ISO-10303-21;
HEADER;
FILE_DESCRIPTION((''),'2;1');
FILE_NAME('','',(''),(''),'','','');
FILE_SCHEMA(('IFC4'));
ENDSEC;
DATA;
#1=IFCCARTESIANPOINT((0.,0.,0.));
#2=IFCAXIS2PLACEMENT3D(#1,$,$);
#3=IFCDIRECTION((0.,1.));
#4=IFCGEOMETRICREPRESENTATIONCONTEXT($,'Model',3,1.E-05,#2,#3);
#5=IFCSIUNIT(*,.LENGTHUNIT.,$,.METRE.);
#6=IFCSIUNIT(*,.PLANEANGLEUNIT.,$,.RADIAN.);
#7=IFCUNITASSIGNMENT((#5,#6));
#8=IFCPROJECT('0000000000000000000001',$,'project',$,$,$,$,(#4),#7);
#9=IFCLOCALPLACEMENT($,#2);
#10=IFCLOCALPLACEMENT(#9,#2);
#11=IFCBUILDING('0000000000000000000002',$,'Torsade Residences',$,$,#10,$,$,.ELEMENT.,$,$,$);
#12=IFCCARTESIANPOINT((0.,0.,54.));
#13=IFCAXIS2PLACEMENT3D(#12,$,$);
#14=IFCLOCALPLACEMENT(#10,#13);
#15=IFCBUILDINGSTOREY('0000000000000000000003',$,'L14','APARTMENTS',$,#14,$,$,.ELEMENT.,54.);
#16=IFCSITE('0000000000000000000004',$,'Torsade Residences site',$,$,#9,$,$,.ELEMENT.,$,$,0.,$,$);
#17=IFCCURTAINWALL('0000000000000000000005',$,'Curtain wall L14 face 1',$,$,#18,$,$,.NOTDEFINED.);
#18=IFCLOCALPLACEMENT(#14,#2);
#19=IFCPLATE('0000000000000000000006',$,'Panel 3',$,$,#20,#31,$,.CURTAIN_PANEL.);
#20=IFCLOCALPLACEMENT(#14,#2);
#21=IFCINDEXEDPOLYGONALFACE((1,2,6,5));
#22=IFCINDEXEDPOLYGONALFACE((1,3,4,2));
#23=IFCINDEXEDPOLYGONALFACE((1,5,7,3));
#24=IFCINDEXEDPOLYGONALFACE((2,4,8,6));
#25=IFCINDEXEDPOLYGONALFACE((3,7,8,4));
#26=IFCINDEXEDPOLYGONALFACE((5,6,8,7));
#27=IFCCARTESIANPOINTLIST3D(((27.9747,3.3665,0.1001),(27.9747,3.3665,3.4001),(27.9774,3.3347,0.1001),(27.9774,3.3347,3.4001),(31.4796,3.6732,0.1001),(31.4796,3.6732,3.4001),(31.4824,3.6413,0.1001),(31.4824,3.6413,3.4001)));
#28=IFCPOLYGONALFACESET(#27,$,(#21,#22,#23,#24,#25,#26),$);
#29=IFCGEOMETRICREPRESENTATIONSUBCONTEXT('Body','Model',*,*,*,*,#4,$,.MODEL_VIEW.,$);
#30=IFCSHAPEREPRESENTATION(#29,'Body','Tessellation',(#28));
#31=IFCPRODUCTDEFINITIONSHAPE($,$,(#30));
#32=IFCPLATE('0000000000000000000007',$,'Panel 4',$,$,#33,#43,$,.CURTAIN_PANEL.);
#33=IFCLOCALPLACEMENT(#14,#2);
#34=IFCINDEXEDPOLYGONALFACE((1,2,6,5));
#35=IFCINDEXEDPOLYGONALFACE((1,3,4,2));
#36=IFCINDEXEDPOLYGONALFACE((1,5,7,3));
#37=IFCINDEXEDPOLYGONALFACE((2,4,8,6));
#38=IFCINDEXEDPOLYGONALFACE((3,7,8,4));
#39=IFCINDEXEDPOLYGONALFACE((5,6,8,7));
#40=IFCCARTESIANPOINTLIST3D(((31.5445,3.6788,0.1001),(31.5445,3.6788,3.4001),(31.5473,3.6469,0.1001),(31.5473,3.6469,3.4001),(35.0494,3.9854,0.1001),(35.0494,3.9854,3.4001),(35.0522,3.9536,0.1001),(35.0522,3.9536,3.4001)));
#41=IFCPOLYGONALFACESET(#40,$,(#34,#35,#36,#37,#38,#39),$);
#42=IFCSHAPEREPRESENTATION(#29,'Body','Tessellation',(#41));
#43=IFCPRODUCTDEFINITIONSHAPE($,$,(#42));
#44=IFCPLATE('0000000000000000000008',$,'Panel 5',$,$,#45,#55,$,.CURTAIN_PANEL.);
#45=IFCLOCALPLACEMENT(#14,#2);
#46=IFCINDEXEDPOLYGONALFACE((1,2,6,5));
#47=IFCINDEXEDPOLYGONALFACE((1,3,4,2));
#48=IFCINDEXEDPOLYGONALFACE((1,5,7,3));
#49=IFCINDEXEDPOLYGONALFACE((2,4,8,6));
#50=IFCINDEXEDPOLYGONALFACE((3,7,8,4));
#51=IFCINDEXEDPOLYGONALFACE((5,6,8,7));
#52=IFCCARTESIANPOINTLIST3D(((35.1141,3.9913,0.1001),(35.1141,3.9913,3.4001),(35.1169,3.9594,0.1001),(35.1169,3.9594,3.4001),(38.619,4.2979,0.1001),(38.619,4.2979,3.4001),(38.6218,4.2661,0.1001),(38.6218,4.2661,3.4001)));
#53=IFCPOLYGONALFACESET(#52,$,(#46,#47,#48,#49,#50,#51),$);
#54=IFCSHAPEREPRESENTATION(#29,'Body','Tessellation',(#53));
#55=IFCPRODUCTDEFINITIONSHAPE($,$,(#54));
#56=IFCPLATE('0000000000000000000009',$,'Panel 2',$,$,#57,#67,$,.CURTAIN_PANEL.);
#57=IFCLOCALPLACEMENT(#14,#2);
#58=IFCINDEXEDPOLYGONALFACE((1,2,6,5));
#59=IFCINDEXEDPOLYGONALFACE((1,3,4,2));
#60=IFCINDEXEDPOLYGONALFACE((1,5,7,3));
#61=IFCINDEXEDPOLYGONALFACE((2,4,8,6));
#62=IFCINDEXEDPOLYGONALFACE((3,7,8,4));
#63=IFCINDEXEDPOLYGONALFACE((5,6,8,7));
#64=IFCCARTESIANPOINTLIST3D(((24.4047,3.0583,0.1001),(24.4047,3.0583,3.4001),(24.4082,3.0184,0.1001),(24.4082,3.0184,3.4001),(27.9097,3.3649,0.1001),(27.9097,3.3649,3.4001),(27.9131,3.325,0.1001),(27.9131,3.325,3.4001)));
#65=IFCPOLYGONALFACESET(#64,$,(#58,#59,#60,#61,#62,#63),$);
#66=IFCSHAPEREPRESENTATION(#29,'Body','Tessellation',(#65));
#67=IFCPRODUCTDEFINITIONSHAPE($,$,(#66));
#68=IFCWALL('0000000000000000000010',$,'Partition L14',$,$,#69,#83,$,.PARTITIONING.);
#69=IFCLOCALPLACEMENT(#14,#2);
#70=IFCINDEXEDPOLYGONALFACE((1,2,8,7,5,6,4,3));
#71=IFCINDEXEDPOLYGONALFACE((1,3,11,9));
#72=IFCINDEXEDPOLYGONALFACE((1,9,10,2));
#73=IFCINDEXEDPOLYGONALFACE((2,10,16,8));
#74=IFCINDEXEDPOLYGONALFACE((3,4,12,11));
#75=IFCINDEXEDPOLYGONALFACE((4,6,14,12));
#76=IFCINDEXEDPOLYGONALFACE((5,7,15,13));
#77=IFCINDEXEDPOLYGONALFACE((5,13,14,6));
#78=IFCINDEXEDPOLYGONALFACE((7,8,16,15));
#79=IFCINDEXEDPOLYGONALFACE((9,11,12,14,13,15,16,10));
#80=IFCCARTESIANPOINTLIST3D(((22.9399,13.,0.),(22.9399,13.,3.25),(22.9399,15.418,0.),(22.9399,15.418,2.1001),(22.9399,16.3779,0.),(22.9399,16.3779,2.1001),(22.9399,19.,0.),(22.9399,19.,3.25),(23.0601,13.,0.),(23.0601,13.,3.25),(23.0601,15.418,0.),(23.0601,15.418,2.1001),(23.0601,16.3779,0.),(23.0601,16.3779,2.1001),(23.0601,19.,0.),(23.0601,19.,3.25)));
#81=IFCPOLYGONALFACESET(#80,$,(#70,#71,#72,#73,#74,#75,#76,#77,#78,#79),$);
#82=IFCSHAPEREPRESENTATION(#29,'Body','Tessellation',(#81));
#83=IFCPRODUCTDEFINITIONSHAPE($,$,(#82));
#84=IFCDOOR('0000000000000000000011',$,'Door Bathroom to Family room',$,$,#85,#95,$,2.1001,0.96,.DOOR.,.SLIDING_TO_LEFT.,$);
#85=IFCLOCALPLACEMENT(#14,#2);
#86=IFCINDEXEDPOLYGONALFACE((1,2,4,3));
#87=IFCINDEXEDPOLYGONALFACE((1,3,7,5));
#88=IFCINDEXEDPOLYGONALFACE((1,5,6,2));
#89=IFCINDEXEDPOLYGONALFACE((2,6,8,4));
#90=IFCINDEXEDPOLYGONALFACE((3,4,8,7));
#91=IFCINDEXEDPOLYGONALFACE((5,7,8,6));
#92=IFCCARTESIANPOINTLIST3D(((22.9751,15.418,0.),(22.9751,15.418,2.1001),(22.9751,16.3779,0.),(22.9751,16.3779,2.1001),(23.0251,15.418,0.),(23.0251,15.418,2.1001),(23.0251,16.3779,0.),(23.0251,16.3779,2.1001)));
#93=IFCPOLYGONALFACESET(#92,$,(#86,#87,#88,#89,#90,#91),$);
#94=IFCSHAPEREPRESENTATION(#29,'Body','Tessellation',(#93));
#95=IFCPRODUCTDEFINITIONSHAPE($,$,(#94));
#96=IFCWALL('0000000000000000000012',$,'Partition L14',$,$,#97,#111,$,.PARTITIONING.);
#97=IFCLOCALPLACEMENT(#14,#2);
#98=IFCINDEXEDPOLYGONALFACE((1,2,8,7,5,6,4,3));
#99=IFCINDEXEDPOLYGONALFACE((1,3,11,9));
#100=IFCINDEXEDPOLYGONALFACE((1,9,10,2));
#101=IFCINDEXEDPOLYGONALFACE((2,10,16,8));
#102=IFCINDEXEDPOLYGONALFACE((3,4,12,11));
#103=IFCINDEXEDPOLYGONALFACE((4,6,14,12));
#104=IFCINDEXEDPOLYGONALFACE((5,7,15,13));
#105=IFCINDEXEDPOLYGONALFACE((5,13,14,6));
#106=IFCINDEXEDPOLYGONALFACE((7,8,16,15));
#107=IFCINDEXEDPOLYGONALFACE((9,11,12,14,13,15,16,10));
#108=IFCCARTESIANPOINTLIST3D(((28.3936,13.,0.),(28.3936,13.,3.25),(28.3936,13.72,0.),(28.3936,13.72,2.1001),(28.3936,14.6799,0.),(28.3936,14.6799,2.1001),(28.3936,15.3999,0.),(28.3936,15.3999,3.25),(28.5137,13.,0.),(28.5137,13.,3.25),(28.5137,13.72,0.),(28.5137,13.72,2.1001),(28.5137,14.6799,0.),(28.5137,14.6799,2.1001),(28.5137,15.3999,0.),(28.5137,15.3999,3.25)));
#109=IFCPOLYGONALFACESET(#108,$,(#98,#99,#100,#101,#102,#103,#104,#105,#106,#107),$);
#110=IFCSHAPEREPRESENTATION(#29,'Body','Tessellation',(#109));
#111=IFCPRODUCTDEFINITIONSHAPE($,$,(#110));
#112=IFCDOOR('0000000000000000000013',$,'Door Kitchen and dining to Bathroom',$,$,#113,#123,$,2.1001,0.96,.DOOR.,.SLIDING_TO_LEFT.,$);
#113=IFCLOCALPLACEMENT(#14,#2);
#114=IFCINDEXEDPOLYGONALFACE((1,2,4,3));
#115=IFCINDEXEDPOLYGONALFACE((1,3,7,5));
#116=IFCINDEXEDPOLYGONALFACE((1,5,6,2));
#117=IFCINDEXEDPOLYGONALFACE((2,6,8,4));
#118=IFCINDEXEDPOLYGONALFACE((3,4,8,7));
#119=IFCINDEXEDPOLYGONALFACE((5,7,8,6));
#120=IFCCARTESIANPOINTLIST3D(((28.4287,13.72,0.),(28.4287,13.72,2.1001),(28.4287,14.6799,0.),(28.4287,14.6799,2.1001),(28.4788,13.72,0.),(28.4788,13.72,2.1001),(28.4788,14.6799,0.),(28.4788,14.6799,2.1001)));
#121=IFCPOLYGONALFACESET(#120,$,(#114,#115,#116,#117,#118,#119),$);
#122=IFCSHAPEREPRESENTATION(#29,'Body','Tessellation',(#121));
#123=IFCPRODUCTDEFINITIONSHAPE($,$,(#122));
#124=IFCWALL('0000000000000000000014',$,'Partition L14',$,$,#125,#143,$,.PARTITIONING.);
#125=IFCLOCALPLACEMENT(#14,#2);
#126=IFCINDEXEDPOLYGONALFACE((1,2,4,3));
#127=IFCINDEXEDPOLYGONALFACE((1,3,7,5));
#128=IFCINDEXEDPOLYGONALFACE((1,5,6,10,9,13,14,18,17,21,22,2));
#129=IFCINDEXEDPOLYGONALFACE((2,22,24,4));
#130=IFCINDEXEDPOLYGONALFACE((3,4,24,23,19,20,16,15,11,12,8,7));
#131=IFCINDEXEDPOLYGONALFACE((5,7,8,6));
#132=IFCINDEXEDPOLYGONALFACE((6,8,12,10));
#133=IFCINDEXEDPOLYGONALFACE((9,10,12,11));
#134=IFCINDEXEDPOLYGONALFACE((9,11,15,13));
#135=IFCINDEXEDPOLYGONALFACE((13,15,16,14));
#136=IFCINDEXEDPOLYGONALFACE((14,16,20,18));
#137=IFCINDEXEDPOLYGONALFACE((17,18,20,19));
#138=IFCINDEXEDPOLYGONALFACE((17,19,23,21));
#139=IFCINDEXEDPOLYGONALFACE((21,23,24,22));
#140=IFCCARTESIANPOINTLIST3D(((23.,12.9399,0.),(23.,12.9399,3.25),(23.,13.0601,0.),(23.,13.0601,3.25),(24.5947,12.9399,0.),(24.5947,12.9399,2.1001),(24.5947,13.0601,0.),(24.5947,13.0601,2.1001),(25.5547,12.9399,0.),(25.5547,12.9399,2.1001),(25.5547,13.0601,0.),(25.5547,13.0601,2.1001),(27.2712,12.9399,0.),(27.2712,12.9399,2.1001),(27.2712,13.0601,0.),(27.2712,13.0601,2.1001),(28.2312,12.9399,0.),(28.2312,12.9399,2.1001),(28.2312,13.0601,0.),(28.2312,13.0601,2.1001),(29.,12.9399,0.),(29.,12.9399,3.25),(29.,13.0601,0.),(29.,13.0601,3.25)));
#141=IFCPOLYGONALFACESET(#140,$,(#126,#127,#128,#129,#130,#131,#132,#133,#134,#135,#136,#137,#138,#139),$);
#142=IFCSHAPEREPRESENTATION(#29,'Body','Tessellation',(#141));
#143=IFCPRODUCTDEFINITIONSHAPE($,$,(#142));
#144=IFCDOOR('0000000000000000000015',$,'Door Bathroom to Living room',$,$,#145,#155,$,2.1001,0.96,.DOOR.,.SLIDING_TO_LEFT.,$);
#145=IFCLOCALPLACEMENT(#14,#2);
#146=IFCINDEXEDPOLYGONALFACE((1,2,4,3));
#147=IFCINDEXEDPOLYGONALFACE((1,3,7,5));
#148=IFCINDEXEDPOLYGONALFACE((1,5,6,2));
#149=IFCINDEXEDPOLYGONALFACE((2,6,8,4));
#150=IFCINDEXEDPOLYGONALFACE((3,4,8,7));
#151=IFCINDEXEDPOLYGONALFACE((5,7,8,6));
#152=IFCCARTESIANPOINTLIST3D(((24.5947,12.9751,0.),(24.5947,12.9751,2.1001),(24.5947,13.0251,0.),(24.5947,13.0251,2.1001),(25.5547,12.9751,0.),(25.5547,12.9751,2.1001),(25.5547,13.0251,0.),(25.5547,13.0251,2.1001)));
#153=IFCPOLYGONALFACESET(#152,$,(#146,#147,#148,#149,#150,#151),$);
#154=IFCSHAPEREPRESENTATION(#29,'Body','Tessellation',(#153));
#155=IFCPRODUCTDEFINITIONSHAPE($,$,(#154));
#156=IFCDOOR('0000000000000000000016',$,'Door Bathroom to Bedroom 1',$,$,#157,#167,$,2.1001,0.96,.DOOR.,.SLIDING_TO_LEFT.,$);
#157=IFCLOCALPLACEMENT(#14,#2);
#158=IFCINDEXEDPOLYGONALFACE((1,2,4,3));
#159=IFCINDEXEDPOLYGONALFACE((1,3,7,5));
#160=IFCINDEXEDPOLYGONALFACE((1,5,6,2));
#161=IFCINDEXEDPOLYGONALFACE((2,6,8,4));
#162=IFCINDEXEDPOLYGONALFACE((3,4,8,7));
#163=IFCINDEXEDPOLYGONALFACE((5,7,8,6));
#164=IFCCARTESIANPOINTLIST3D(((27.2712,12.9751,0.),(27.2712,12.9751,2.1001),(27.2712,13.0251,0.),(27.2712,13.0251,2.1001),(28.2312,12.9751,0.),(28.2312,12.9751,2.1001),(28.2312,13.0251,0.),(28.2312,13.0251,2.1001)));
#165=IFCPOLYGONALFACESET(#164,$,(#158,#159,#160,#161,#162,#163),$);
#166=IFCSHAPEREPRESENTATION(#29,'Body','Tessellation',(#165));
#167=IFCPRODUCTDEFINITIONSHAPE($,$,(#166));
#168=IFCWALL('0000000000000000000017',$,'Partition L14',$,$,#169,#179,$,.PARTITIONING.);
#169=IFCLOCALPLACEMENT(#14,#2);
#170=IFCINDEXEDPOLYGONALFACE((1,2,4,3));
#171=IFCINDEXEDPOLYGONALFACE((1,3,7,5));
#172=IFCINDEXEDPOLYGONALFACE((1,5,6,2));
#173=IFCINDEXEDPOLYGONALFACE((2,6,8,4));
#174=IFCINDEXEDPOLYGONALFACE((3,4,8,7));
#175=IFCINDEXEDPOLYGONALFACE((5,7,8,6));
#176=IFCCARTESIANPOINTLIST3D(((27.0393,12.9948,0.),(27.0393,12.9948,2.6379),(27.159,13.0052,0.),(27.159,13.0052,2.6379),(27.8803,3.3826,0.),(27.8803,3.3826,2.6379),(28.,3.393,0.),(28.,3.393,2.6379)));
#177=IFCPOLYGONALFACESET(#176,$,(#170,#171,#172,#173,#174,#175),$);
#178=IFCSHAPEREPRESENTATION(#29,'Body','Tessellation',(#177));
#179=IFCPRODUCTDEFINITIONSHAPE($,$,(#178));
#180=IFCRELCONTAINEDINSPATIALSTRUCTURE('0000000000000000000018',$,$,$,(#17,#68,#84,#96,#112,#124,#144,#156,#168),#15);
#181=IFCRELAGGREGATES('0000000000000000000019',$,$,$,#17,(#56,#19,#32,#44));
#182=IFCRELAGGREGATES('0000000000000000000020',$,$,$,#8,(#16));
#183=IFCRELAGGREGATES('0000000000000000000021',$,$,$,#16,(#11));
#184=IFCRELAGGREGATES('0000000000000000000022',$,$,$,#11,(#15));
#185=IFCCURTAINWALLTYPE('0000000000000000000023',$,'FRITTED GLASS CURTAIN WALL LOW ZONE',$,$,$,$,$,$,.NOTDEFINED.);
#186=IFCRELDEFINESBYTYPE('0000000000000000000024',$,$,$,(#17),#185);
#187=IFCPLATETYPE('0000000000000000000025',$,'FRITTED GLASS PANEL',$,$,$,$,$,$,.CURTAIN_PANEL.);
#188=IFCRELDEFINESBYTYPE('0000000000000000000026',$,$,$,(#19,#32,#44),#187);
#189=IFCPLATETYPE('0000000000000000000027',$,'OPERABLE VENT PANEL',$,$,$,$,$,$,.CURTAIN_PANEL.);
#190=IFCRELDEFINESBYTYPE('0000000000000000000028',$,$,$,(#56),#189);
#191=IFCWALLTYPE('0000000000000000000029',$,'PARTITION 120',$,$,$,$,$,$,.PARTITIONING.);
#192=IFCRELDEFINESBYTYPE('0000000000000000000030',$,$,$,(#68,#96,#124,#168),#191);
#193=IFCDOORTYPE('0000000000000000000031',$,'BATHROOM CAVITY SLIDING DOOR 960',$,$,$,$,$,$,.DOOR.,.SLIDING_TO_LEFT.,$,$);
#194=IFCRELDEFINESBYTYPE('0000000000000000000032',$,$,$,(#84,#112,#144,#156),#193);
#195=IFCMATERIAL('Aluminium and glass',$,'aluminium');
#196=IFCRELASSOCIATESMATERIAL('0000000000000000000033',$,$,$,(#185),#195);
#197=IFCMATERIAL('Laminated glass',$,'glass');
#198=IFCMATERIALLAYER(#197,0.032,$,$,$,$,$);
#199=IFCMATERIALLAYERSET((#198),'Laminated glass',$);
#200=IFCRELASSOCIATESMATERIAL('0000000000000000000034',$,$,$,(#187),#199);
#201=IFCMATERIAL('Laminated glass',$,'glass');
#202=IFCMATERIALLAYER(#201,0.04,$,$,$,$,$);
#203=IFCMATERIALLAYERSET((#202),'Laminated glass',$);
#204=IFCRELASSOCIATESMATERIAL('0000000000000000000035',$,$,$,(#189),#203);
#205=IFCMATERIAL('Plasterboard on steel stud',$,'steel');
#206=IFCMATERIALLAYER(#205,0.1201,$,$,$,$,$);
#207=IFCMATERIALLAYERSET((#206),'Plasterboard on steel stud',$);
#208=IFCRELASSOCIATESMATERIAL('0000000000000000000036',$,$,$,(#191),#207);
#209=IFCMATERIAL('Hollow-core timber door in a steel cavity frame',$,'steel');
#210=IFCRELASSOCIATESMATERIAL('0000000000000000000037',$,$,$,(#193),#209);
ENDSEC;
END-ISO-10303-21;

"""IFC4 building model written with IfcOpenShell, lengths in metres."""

from ifc_helpers import new_model, si_unit, direction, frame, frame_2d, origin, origin_2d, place, context, subcontext, project, spatial, rectangle, extrude, material, layer, layer_set, type_object, element, fill, aggregate, save


model = new_model("IFC4")

# Units and contexts
model_context = context("Model", 3, precision=1e-05, world=origin(), true_north=direction((0.0, 1.0)))
body_context = subcontext(model_context, "Body", "Model", "MODEL_VIEW")
ifc_project = project(units=[si_unit("LENGTHUNIT", "METRE"), si_unit("PLANEANGLEUNIT", "RADIAN")], contexts=[model_context])

# Site, building, storey
site_placement = place(None, origin())
site = spatial("IfcSite", under=ifc_project, at=site_placement, Name="Torsade Residences site", CompositionType="ELEMENT", RefElevation=0.0)
building_placement = place(site_placement, origin())
building = spatial("IfcBuilding", under=site, at=building_placement, Name="Torsade Residences", CompositionType="ELEMENT")
storey_placement = place(building_placement, frame((0.0, 0.0, 54.0)))
storey = spatial("IfcBuildingStorey", under=building, at=storey_placement, Name="L14", Description="APARTMENTS", CompositionType="ELEMENT", Elevation=54.0)

# Curtain wall
ifc_material_1 = material(Name="Aluminium and glass", Category="aluminium")
curtain_wall_type = type_object("IfcCurtainWallType", Name="FRITTED GLASS CURTAIN WALL LOW ZONE", PredefinedType="NOTDEFINED", material=ifc_material_1)
curtain_wall_placement = place(storey_placement, origin())
curtain_wall = element("IfcCurtainWall", 1, at=curtain_wall_placement, inside=storey, type_object=curtain_wall_type, Name="Curtain wall L14 face 1", PredefinedType="NOTDEFINED")

# Plates
ifc_material_2 = material(Name="Laminated glass", Category="glass")
ifc_layer_1 = layer(ifc_material_2, 0.032)
ifc_layer_set_1 = layer_set([ifc_layer_1], Name="Laminated glass")
plate_type_1 = type_object("IfcPlateType", Name="FRITTED GLASS PANEL", PredefinedType="CURTAIN_PANEL", material=ifc_layer_set_1)
plate_1_placement = place(storey_placement, frame((29.7285, 3.5039, 0.1001), z_axis=(0.0, 0.0, 1.0), x_axis=(0.996195, 0.087156, 0.0)))
plate_1 = element("IfcPlate", 2, at=plate_1_placement, type_object=plate_type_1, Name="Panel 3", PredefinedType="CURTAIN_PANEL", context=body_context, shape_type="SweptSolid", body=[
    extrude(rectangle(XDim=3.5183, YDim=0.032, at=origin_2d()), origin(), (0.0, 0.0, 1.0), 3.3),
])
plate_2_placement = place(storey_placement, frame((33.2983, 3.8162, 0.1001), z_axis=(0.0, 0.0, 1.0), x_axis=(0.996195, 0.087156, 0.0)))
plate_2 = element("IfcPlate", 3, at=plate_2_placement, type_object=plate_type_1, Name="Panel 4", PredefinedType="CURTAIN_PANEL", context=body_context, shape_type="SweptSolid", body=[
    extrude(rectangle(XDim=3.5183, YDim=0.032, at=origin_2d()), origin(), (0.0, 0.0, 1.0), 3.3),
])
plate_3_placement = place(storey_placement, frame((36.8679, 4.1287, 0.1001), z_axis=(0.0, 0.0, 1.0), x_axis=(0.996195, 0.087156, 0.0)))
plate_3 = element("IfcPlate", 4, at=plate_3_placement, type_object=plate_type_1, Name="Panel 5", PredefinedType="CURTAIN_PANEL", context=body_context, shape_type="SweptSolid", body=[
    extrude(rectangle(XDim=3.5183, YDim=0.032, at=origin_2d()), origin(), (0.0, 0.0, 1.0), 3.3),
])
ifc_material_3 = material(Name="Laminated glass", Category="glass")
ifc_layer_2 = layer(ifc_material_3, 0.04)
ifc_layer_set_2 = layer_set([ifc_layer_2], Name="Laminated glass")
plate_type_2 = type_object("IfcPlateType", Name="OPERABLE VENT PANEL", PredefinedType="CURTAIN_PANEL", material=ifc_layer_set_2)
plate_4_placement = place(storey_placement, frame((26.1589, 3.1917, 0.1001), z_axis=(0.0, 0.0, 1.0), x_axis=(0.996195, 0.087156, 0.0)))
plate_4 = element("IfcPlate", 5, at=plate_4_placement, type_object=plate_type_2, Name="Panel 2", PredefinedType="CURTAIN_PANEL", context=body_context, shape_type="SweptSolid", body=[
    extrude(rectangle(XDim=3.5183, YDim=0.04, at=origin_2d()), origin(), (0.0, 0.0, 1.0), 3.3),
])
aggregate(curtain_wall, [plate_4, plate_1, plate_2, plate_3])

# Walls, openings, doors
ifc_material_4 = material(Name="Plasterboard on steel stud", Category="steel")
ifc_layer_3 = layer(ifc_material_4, 0.1201)
ifc_layer_set_3 = layer_set([ifc_layer_3], Name="Plasterboard on steel stud")
wall_type_1 = type_object("IfcWallType", Name="PARTITION 120", PredefinedType="PARTITIONING", material=ifc_layer_set_3)
wall_1_placement = place(storey_placement, frame((23.0, 13.0, 0.0), z_axis=(0.0, 0.0, 1.0), x_axis=(0.0, 1.0, 0.0)))
wall_1 = element("IfcWall", 6, at=wall_1_placement, inside=storey, type_object=wall_type_1, Name="Partition L14", PredefinedType="PARTITIONING", context=body_context, shape_type="SweptSolid", body=[
    extrude(rectangle(XDim=6.0, YDim=0.1201, at=frame_2d((3.0, 0.0))), origin(), (0.0, 0.0, 1.0), 3.25),
])
opening_1_placement = place(wall_1_placement, frame((2.418, 0.0, 0.0)))
opening_1 = element("IfcOpeningElement", 7, at=opening_1_placement, cuts=wall_1, PredefinedType="OPENING", context=body_context, shape_type="SweptSolid", body=[
    extrude(rectangle(XDim=0.96, YDim=2.1001, at=frame_2d((0.48, 1.05))), frame((0.0, 0.0701, 0.0), z_axis=(0.0, -1.0, 0.0), x_axis=(1.0, 0.0, 0.0)), (0.0, 0.0, 1.0), 0.1401),
])
ifc_material_5 = material(Name="Hollow-core timber door in a steel cavity frame", Category="steel")
door_type_1 = type_object("IfcDoorType", Name="BATHROOM CAVITY SLIDING DOOR 960", OperationType="SLIDING_TO_LEFT", PredefinedType="DOOR", material=ifc_material_5)
door_1_placement = place(opening_1_placement, origin())
door_1 = element("IfcDoor", 8, at=door_1_placement, inside=storey, type_object=door_type_1, Name="Door Bathroom to Family room", OperationType="SLIDING_TO_LEFT", OverallHeight=2.1001, OverallWidth=0.96, PredefinedType="DOOR", context=body_context, shape_type="SweptSolid", body=[
    extrude(rectangle(XDim=0.96, YDim=2.1001, at=frame_2d((0.48, 1.05))), frame((0.0, 0.0249, 0.0), z_axis=(0.0, -1.0, 0.0), x_axis=(1.0, 0.0, 0.0)), (0.0, 0.0, 1.0), 0.05),
])
fill(opening_1, door_1)
wall_2_placement = place(storey_placement, frame((28.4536, 13.0, 0.0), z_axis=(0.0, 0.0, 1.0), x_axis=(0.0, 1.0, 0.0)))
wall_2 = element("IfcWall", 9, at=wall_2_placement, inside=storey, type_object=wall_type_1, Name="Partition L14", PredefinedType="PARTITIONING", context=body_context, shape_type="SweptSolid", body=[
    extrude(rectangle(XDim=2.3999, YDim=0.1201, at=frame_2d((1.2, 0.0))), origin(), (0.0, 0.0, 1.0), 3.25),
])
opening_2_placement = place(wall_2_placement, frame((0.72, 0.0, 0.0)))
opening_2 = element("IfcOpeningElement", 10, at=opening_2_placement, cuts=wall_2, PredefinedType="OPENING", context=body_context, shape_type="SweptSolid", body=[
    extrude(rectangle(XDim=0.96, YDim=2.1001, at=frame_2d((0.48, 1.05))), frame((0.0, 0.0701, 0.0), z_axis=(0.0, -1.0, 0.0), x_axis=(1.0, 0.0, 0.0)), (0.0, 0.0, 1.0), 0.1401),
])
door_2_placement = place(opening_2_placement, origin())
door_2 = element("IfcDoor", 11, at=door_2_placement, inside=storey, type_object=door_type_1, Name="Door Kitchen and dining to Bathroom", OperationType="SLIDING_TO_LEFT", OverallHeight=2.1001, OverallWidth=0.96, PredefinedType="DOOR", context=body_context, shape_type="SweptSolid", body=[
    extrude(rectangle(XDim=0.96, YDim=2.1001, at=frame_2d((0.48, 1.05))), frame((0.0, 0.0249, 0.0), z_axis=(0.0, -1.0, 0.0), x_axis=(1.0, 0.0, 0.0)), (0.0, 0.0, 1.0), 0.05),
])
fill(opening_2, door_2)

# Wall, openings, doors
wall_3_placement = place(storey_placement, frame((29.0, 13.0, 0.0), z_axis=(0.0, 0.0, 1.0), x_axis=(-1.0, 0.0, 0.0)))
wall_3 = element("IfcWall", 12, at=wall_3_placement, inside=storey, type_object=wall_type_1, Name="Partition L14", PredefinedType="PARTITIONING", context=body_context, shape_type="SweptSolid", body=[
    extrude(rectangle(XDim=6.0, YDim=0.1201, at=frame_2d((3.0, 0.0))), origin(), (0.0, 0.0, 1.0), 3.25),
])
opening_3_placement = place(wall_3_placement, frame((3.4453, 0.0, 0.0)))
opening_3 = element("IfcOpeningElement", 13, at=opening_3_placement, cuts=wall_3, PredefinedType="OPENING", context=body_context, shape_type="SweptSolid", body=[
    extrude(rectangle(XDim=0.96, YDim=2.1001, at=frame_2d((0.48, 1.05))), frame((0.0, 0.0701, 0.0), z_axis=(0.0, -1.0, 0.0), x_axis=(1.0, 0.0, 0.0)), (0.0, 0.0, 1.0), 0.1401),
])
opening_4_placement = place(wall_3_placement, frame((0.7688, 0.0, 0.0)))
opening_4 = element("IfcOpeningElement", 14, at=opening_4_placement, cuts=wall_3, PredefinedType="OPENING", context=body_context, shape_type="SweptSolid", body=[
    extrude(rectangle(XDim=0.96, YDim=2.1001, at=frame_2d((0.48, 1.05))), frame((0.0, 0.0701, 0.0), z_axis=(0.0, -1.0, 0.0), x_axis=(1.0, 0.0, 0.0)), (0.0, 0.0, 1.0), 0.1401),
])
door_3_placement = place(opening_3_placement, origin())
door_3 = element("IfcDoor", 15, at=door_3_placement, inside=storey, type_object=door_type_1, Name="Door Bathroom to Living room", OperationType="SLIDING_TO_LEFT", OverallHeight=2.1001, OverallWidth=0.96, PredefinedType="DOOR", context=body_context, shape_type="SweptSolid", body=[
    extrude(rectangle(XDim=0.96, YDim=2.1001, at=frame_2d((0.48, 1.05))), frame((0.0, 0.0249, 0.0), z_axis=(0.0, -1.0, 0.0), x_axis=(1.0, 0.0, 0.0)), (0.0, 0.0, 1.0), 0.05),
])
fill(opening_3, door_3)
door_4_placement = place(opening_4_placement, origin())
door_4 = element("IfcDoor", 16, at=door_4_placement, inside=storey, type_object=door_type_1, Name="Door Bathroom to Bedroom 1", OperationType="SLIDING_TO_LEFT", OverallHeight=2.1001, OverallWidth=0.96, PredefinedType="DOOR", context=body_context, shape_type="SweptSolid", body=[
    extrude(rectangle(XDim=0.96, YDim=2.1001, at=frame_2d((0.48, 1.05))), frame((0.0, 0.0249, 0.0), z_axis=(0.0, -1.0, 0.0), x_axis=(1.0, 0.0, 0.0)), (0.0, 0.0, 1.0), 0.05),
])
fill(opening_4, door_4)

# Wall
wall_4_placement = place(storey_placement, frame((27.0991, 13.0, 0.0), z_axis=(0.0, 0.0, 1.0), x_axis=(0.087166, -0.996194, 0.0)))
element("IfcWall", 17, at=wall_4_placement, inside=storey, type_object=wall_type_1, Name="Partition L14", PredefinedType="PARTITIONING", context=body_context, shape_type="SweptSolid", body=[
    extrude(rectangle(XDim=9.6489, YDim=0.1201, at=frame_2d((4.8245, 0.0))), origin(), (0.0, 0.0, 1.0), 2.6379),
])

save(model, "model.ifc")
